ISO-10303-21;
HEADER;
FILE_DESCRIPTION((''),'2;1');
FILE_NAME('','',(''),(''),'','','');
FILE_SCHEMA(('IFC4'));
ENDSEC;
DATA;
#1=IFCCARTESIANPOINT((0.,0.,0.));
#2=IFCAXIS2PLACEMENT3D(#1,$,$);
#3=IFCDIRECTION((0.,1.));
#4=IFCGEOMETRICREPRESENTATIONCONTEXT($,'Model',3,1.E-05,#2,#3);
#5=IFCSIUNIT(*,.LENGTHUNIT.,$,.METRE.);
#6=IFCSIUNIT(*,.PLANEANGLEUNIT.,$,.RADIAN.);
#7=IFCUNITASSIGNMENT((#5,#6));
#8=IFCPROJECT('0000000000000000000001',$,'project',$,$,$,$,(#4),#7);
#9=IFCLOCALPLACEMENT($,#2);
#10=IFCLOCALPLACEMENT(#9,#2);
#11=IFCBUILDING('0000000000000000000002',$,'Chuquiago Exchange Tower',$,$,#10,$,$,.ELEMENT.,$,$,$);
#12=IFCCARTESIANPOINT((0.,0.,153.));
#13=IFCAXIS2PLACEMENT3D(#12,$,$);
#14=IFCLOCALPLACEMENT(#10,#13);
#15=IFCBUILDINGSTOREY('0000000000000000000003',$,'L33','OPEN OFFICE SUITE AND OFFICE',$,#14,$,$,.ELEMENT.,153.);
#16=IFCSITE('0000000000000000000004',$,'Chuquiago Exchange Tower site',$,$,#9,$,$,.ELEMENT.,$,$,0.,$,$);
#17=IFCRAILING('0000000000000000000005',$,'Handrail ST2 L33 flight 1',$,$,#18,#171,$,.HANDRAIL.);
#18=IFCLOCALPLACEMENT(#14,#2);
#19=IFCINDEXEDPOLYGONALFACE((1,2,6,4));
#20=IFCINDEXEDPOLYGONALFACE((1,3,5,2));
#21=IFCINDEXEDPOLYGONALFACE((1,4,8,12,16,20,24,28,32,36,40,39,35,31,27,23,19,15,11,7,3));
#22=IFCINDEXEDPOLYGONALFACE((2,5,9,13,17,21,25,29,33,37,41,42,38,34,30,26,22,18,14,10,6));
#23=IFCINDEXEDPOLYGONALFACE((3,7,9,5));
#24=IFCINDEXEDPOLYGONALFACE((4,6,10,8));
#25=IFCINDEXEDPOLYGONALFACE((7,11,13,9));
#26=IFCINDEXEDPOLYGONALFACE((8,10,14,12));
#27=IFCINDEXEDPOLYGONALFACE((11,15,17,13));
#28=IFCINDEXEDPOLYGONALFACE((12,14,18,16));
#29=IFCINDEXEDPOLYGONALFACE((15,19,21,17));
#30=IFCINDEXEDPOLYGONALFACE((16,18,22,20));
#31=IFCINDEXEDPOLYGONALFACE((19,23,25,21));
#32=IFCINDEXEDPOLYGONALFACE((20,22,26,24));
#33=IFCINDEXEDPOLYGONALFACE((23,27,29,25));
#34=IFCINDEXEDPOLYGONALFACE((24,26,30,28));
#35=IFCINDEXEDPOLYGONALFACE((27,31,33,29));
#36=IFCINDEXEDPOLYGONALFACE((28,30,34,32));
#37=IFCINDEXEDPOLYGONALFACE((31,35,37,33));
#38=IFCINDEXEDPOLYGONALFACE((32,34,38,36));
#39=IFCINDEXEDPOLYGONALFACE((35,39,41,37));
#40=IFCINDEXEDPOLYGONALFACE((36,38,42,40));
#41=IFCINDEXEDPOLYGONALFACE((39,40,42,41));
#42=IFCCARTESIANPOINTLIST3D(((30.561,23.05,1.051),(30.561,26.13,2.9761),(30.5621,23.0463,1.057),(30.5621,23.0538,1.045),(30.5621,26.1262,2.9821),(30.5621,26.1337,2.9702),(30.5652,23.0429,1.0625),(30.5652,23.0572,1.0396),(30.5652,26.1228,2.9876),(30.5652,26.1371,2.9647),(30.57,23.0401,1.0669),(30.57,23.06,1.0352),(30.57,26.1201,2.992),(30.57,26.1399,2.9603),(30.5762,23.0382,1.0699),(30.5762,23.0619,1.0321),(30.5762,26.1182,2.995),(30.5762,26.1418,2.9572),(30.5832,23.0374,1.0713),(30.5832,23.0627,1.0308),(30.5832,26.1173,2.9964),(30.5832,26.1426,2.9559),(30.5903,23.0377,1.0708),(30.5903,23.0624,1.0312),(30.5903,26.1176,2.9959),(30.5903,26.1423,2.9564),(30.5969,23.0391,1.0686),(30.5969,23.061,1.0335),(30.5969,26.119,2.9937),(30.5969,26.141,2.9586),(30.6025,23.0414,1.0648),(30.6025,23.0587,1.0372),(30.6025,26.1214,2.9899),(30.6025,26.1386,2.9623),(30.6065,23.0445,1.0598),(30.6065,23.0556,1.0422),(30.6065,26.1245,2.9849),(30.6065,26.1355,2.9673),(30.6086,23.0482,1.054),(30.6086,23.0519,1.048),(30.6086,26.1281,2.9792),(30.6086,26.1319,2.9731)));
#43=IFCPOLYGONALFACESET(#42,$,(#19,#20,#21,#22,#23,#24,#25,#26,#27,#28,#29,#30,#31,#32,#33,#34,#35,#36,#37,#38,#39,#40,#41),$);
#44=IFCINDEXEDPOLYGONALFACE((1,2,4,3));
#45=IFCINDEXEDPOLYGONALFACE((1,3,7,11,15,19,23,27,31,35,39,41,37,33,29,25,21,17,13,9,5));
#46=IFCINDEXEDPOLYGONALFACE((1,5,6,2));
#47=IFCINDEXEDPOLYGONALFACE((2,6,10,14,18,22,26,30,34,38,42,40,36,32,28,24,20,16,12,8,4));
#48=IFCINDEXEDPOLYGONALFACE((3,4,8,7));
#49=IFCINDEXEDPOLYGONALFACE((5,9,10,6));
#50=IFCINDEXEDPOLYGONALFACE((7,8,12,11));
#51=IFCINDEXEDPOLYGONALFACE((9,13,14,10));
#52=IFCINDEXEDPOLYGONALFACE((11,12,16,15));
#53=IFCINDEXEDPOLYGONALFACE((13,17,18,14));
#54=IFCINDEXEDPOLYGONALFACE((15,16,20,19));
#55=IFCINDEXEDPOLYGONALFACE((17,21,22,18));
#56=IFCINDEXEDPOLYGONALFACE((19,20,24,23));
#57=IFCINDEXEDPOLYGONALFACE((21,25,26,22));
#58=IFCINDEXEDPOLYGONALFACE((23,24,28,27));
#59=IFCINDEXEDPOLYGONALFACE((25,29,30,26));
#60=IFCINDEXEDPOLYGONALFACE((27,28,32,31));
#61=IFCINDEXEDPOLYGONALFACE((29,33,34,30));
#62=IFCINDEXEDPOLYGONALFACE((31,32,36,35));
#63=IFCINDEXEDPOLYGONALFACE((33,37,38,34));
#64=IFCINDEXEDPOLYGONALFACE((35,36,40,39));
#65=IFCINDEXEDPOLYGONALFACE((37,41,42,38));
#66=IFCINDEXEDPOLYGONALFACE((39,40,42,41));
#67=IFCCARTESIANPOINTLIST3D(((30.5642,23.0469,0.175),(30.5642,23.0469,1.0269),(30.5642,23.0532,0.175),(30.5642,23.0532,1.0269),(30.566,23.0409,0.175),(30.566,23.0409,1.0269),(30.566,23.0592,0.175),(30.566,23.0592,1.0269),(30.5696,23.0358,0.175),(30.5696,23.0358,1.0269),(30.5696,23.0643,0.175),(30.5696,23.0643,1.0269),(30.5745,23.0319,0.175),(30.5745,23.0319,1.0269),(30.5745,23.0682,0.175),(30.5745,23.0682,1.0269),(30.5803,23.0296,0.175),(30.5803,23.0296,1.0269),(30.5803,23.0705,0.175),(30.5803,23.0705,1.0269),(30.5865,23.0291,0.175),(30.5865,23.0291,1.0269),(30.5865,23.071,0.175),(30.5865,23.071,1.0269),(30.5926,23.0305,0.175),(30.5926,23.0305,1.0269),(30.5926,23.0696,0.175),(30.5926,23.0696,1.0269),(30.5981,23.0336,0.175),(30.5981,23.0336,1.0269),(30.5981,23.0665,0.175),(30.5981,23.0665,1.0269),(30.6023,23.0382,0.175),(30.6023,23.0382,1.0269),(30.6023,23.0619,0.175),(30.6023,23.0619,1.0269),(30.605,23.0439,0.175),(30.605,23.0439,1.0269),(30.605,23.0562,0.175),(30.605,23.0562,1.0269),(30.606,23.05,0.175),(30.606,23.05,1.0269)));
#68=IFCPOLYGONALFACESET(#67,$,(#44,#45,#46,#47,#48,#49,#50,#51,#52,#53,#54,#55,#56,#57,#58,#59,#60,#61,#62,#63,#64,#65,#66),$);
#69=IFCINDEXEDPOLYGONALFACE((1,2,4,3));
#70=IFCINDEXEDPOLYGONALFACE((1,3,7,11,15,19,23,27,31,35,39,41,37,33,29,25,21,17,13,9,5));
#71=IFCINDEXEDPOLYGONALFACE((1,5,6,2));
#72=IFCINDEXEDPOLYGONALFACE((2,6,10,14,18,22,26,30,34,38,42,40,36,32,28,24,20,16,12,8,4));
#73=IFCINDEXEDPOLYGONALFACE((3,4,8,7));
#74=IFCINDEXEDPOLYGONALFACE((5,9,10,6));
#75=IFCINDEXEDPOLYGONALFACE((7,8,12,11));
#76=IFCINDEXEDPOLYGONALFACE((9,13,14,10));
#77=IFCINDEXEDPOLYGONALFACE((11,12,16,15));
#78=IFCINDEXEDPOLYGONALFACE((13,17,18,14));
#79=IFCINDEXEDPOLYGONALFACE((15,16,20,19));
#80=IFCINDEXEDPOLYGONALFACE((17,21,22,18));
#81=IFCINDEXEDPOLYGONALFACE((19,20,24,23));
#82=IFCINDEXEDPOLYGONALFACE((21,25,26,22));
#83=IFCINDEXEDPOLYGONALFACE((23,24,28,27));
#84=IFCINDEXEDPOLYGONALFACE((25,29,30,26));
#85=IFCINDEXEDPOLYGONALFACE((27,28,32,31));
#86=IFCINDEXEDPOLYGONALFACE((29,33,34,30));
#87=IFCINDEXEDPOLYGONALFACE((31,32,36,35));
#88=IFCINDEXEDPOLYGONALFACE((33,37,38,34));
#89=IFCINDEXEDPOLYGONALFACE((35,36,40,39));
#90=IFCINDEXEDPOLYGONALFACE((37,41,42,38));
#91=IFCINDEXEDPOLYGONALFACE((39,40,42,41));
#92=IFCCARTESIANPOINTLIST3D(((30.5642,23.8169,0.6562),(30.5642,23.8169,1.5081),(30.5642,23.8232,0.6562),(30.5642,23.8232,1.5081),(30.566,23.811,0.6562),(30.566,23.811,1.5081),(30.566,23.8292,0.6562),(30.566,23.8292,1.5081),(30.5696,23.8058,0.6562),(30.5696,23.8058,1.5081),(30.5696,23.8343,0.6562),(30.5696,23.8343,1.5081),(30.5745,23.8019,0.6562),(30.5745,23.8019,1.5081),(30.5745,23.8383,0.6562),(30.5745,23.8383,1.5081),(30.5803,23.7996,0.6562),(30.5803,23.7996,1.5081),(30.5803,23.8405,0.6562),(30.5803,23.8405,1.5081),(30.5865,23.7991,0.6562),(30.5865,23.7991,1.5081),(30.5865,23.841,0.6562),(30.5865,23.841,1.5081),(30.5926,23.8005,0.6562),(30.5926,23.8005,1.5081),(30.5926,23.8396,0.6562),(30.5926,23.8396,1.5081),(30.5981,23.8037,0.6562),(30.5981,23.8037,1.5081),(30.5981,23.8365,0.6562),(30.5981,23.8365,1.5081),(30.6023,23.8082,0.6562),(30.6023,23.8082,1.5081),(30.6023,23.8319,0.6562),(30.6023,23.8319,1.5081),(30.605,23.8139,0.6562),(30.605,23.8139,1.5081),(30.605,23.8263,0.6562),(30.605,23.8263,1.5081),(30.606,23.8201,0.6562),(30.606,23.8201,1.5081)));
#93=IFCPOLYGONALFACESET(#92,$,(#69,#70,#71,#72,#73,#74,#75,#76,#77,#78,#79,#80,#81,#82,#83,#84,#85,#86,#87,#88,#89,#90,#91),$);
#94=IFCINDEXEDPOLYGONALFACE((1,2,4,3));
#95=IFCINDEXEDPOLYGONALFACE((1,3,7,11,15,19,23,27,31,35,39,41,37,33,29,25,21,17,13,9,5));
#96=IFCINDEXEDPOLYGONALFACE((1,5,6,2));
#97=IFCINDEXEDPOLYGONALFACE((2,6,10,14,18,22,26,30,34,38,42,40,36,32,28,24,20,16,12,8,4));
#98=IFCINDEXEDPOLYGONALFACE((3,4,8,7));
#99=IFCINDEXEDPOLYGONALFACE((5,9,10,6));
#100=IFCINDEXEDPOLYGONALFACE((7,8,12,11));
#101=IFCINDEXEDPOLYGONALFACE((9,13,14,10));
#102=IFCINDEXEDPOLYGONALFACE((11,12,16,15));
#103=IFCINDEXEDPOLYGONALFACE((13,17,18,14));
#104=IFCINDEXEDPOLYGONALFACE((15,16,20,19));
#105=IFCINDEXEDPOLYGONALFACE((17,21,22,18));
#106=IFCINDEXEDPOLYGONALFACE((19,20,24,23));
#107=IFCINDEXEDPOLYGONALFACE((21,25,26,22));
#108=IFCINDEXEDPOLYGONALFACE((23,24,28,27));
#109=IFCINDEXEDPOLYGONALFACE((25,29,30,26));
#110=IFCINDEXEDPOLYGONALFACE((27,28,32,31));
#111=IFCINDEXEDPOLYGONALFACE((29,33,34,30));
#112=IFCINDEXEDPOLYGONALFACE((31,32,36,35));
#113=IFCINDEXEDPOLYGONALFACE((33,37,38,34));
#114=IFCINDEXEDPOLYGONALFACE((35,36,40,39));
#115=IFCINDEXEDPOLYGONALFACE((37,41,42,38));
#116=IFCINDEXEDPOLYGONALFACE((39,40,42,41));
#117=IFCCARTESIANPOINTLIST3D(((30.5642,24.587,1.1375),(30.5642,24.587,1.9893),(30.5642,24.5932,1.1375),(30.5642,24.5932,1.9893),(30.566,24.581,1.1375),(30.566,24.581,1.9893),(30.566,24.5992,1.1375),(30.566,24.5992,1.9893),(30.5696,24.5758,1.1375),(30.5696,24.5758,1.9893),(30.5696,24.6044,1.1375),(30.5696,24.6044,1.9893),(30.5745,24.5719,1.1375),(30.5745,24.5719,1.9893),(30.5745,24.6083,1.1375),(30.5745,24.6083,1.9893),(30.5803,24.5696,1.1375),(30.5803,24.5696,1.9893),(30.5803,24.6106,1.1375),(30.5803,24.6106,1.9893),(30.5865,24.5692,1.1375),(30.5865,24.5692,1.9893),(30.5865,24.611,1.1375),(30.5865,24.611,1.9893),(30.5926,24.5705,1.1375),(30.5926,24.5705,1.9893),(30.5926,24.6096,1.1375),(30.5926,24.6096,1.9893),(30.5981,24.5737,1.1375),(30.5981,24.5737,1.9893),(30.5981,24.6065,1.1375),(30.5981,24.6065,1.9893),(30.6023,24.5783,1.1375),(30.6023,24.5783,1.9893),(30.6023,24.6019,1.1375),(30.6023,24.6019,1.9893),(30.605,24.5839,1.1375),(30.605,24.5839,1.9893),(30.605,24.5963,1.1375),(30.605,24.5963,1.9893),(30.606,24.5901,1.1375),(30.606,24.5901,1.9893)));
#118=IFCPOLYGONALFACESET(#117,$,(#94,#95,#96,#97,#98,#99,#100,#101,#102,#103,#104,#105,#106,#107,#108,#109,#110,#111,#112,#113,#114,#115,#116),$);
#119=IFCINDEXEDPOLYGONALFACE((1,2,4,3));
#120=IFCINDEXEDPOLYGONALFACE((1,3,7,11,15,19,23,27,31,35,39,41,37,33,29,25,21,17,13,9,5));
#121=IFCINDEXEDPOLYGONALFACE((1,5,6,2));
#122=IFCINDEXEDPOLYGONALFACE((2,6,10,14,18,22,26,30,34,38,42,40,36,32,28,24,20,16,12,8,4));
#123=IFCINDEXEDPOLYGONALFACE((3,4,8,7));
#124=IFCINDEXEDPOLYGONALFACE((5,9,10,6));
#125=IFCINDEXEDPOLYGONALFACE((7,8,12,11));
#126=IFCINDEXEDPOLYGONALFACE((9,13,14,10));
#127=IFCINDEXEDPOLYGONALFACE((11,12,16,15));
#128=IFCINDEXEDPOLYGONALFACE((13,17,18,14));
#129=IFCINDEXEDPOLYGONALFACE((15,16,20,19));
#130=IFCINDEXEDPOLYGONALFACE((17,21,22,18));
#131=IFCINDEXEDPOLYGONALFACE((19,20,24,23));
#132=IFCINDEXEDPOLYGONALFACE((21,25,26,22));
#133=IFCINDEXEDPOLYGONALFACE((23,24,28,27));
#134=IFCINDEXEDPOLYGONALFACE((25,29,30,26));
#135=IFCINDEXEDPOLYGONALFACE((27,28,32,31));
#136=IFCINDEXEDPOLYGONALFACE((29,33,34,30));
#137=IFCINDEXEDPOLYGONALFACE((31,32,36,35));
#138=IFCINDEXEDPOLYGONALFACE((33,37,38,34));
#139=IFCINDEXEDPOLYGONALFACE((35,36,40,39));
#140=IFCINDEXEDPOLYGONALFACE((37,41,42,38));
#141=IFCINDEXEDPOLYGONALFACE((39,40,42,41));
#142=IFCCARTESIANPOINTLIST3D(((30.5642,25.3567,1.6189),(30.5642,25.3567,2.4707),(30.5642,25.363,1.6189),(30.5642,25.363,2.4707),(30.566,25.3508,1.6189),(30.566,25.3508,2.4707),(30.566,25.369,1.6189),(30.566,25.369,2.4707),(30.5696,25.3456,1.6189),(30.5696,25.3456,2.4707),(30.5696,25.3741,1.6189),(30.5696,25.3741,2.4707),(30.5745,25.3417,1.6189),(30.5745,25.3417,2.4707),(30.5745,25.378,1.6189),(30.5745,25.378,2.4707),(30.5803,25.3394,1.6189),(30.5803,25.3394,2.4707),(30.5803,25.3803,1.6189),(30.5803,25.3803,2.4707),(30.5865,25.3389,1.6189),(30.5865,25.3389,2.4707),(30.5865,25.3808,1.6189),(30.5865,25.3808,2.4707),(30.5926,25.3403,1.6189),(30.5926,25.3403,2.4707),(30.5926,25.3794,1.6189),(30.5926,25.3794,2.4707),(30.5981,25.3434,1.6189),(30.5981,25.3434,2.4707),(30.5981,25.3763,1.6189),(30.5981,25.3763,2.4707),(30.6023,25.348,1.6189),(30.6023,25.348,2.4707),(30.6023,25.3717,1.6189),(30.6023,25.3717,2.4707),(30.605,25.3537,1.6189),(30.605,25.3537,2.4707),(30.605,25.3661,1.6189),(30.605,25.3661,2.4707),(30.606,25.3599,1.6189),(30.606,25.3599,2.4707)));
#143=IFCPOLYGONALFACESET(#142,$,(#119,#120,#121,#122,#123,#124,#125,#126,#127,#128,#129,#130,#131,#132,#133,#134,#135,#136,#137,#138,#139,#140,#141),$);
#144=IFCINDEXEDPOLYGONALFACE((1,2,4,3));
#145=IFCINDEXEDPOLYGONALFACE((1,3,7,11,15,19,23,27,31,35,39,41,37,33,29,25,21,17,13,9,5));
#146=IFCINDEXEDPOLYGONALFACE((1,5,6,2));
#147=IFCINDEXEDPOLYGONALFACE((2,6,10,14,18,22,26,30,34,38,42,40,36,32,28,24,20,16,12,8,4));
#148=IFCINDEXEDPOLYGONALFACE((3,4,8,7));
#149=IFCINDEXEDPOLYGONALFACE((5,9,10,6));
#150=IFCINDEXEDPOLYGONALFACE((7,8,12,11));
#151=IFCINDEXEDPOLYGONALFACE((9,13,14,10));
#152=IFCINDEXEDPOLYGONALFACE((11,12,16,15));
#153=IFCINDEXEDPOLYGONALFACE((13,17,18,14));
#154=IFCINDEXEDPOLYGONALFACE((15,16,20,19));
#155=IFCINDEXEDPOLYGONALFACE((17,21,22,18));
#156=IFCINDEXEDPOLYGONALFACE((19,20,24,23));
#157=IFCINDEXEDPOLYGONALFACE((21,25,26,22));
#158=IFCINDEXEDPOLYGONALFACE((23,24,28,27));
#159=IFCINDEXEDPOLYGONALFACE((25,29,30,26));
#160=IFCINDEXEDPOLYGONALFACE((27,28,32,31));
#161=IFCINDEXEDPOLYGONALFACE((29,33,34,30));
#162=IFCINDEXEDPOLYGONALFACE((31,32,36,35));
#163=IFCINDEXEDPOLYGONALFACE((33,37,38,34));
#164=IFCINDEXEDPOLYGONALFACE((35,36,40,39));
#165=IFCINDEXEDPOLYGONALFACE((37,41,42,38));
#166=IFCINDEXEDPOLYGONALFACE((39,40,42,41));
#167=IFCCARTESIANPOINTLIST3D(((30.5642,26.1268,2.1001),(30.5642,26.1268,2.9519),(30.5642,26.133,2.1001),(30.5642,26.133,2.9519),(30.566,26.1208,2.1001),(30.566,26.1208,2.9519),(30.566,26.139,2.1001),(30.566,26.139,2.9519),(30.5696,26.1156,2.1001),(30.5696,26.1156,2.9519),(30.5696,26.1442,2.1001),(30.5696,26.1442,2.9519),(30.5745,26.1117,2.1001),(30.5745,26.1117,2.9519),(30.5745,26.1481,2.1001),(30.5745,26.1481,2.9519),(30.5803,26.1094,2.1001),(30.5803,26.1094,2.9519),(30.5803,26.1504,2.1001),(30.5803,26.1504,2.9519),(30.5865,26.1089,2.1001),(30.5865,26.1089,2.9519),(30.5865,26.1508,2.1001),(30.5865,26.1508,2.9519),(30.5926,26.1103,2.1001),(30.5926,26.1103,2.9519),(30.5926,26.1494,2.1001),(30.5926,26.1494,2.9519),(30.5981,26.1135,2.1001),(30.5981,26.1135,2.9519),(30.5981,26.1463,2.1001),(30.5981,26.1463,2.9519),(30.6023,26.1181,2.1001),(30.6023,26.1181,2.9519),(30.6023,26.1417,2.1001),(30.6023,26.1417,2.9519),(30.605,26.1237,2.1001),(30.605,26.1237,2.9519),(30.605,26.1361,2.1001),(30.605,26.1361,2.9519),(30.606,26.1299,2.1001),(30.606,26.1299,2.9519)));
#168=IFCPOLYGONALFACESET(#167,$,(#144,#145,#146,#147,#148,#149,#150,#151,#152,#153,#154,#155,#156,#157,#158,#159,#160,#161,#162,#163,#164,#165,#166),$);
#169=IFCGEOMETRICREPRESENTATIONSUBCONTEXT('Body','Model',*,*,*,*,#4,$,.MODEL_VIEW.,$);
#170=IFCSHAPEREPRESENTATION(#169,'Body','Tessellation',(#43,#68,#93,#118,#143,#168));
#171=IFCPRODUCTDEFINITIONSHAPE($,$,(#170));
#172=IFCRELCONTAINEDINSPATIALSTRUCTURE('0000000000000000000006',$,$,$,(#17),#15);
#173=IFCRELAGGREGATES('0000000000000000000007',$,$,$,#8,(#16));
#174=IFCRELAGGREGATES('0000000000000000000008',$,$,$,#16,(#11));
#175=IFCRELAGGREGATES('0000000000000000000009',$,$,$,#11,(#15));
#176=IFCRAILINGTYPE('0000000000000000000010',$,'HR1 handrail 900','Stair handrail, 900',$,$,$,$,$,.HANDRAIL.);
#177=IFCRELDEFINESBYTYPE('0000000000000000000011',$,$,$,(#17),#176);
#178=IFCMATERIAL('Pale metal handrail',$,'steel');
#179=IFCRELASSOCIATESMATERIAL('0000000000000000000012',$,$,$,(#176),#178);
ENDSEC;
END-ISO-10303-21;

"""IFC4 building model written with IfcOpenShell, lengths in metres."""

from ifc_helpers import new_model, si_unit, direction, frame, origin, origin_2d, place, context, subcontext, project, spatial, circle, extrude, material, type_object, element, save


model = new_model("IFC4")

# Units and contexts
model_context = context("Model", 3, precision=1e-05, world=origin(), true_north=direction((0.0, 1.0)))
body_context = subcontext(model_context, "Body", "Model", "MODEL_VIEW")
ifc_project = project(units=[si_unit("LENGTHUNIT", "METRE"), si_unit("PLANEANGLEUNIT", "RADIAN")], contexts=[model_context])

# Site, building, storey
site_placement = place(None, origin())
site = spatial("IfcSite", under=ifc_project, at=site_placement, Name="Chuquiago Exchange Tower site", CompositionType="ELEMENT", RefElevation=0.0)
building_placement = place(site_placement, origin())
building = spatial("IfcBuilding", under=site, at=building_placement, Name="Chuquiago Exchange Tower", CompositionType="ELEMENT")
storey_placement = place(building_placement, frame((0.0, 0.0, 153.0)))
storey = spatial("IfcBuildingStorey", under=building, at=storey_placement, Name="L33", Description="OPEN OFFICE SUITE AND OFFICE", CompositionType="ELEMENT", Elevation=153.0)

# Railing
ifc_material_1 = material(Name="Pale metal handrail", Category="steel")
railing_type_1 = type_object("IfcRailingType", Name="HR1 handrail 900", Description="Stair handrail, 900", PredefinedType="HANDRAIL", material=ifc_material_1)
for number, where, name in (
    (1, (30.585, 23.05, 0.175), "Handrail ST2 L33 flight 1"),
):
    element("IfcRailing", number, at=place(storey_placement, frame(where)), inside=storey, type_object=railing_type_1, Name=name, PredefinedType="HANDRAIL", context=body_context, shape_type="SweptSolid", body=[
        extrude(circle(Radius=0.0239, at=origin_2d()), frame((0.0, 0.0, 0.876), z_axis=(0.0, 0.847979, 0.530029), x_axis=(-1.0, 0.0, 0.0)), (0.0, 0.0, 1.0), 3.6321),
        extrude(circle(Radius=0.021, at=origin_2d()), origin(), (0.0, 0.0, 1.0), 0.8518),
        extrude(circle(Radius=0.021, at=origin_2d()), frame((0.0, 0.77, 0.4812)), (0.0, 0.0, 1.0), 0.8518),
        extrude(circle(Radius=0.021, at=origin_2d()), frame((0.0, 1.54, 0.9624)), (0.0, 0.0, 1.0), 0.8518),
        extrude(circle(Radius=0.021, at=origin_2d()), frame((0.0, 2.3098, 1.4438)), (0.0, 0.0, 1.0), 0.8518),
        extrude(circle(Radius=0.021, at=origin_2d()), frame((0.0, 3.0798, 1.925)), (0.0, 0.0, 1.0), 0.8518),
    ])

save(model, "model.ifc")
